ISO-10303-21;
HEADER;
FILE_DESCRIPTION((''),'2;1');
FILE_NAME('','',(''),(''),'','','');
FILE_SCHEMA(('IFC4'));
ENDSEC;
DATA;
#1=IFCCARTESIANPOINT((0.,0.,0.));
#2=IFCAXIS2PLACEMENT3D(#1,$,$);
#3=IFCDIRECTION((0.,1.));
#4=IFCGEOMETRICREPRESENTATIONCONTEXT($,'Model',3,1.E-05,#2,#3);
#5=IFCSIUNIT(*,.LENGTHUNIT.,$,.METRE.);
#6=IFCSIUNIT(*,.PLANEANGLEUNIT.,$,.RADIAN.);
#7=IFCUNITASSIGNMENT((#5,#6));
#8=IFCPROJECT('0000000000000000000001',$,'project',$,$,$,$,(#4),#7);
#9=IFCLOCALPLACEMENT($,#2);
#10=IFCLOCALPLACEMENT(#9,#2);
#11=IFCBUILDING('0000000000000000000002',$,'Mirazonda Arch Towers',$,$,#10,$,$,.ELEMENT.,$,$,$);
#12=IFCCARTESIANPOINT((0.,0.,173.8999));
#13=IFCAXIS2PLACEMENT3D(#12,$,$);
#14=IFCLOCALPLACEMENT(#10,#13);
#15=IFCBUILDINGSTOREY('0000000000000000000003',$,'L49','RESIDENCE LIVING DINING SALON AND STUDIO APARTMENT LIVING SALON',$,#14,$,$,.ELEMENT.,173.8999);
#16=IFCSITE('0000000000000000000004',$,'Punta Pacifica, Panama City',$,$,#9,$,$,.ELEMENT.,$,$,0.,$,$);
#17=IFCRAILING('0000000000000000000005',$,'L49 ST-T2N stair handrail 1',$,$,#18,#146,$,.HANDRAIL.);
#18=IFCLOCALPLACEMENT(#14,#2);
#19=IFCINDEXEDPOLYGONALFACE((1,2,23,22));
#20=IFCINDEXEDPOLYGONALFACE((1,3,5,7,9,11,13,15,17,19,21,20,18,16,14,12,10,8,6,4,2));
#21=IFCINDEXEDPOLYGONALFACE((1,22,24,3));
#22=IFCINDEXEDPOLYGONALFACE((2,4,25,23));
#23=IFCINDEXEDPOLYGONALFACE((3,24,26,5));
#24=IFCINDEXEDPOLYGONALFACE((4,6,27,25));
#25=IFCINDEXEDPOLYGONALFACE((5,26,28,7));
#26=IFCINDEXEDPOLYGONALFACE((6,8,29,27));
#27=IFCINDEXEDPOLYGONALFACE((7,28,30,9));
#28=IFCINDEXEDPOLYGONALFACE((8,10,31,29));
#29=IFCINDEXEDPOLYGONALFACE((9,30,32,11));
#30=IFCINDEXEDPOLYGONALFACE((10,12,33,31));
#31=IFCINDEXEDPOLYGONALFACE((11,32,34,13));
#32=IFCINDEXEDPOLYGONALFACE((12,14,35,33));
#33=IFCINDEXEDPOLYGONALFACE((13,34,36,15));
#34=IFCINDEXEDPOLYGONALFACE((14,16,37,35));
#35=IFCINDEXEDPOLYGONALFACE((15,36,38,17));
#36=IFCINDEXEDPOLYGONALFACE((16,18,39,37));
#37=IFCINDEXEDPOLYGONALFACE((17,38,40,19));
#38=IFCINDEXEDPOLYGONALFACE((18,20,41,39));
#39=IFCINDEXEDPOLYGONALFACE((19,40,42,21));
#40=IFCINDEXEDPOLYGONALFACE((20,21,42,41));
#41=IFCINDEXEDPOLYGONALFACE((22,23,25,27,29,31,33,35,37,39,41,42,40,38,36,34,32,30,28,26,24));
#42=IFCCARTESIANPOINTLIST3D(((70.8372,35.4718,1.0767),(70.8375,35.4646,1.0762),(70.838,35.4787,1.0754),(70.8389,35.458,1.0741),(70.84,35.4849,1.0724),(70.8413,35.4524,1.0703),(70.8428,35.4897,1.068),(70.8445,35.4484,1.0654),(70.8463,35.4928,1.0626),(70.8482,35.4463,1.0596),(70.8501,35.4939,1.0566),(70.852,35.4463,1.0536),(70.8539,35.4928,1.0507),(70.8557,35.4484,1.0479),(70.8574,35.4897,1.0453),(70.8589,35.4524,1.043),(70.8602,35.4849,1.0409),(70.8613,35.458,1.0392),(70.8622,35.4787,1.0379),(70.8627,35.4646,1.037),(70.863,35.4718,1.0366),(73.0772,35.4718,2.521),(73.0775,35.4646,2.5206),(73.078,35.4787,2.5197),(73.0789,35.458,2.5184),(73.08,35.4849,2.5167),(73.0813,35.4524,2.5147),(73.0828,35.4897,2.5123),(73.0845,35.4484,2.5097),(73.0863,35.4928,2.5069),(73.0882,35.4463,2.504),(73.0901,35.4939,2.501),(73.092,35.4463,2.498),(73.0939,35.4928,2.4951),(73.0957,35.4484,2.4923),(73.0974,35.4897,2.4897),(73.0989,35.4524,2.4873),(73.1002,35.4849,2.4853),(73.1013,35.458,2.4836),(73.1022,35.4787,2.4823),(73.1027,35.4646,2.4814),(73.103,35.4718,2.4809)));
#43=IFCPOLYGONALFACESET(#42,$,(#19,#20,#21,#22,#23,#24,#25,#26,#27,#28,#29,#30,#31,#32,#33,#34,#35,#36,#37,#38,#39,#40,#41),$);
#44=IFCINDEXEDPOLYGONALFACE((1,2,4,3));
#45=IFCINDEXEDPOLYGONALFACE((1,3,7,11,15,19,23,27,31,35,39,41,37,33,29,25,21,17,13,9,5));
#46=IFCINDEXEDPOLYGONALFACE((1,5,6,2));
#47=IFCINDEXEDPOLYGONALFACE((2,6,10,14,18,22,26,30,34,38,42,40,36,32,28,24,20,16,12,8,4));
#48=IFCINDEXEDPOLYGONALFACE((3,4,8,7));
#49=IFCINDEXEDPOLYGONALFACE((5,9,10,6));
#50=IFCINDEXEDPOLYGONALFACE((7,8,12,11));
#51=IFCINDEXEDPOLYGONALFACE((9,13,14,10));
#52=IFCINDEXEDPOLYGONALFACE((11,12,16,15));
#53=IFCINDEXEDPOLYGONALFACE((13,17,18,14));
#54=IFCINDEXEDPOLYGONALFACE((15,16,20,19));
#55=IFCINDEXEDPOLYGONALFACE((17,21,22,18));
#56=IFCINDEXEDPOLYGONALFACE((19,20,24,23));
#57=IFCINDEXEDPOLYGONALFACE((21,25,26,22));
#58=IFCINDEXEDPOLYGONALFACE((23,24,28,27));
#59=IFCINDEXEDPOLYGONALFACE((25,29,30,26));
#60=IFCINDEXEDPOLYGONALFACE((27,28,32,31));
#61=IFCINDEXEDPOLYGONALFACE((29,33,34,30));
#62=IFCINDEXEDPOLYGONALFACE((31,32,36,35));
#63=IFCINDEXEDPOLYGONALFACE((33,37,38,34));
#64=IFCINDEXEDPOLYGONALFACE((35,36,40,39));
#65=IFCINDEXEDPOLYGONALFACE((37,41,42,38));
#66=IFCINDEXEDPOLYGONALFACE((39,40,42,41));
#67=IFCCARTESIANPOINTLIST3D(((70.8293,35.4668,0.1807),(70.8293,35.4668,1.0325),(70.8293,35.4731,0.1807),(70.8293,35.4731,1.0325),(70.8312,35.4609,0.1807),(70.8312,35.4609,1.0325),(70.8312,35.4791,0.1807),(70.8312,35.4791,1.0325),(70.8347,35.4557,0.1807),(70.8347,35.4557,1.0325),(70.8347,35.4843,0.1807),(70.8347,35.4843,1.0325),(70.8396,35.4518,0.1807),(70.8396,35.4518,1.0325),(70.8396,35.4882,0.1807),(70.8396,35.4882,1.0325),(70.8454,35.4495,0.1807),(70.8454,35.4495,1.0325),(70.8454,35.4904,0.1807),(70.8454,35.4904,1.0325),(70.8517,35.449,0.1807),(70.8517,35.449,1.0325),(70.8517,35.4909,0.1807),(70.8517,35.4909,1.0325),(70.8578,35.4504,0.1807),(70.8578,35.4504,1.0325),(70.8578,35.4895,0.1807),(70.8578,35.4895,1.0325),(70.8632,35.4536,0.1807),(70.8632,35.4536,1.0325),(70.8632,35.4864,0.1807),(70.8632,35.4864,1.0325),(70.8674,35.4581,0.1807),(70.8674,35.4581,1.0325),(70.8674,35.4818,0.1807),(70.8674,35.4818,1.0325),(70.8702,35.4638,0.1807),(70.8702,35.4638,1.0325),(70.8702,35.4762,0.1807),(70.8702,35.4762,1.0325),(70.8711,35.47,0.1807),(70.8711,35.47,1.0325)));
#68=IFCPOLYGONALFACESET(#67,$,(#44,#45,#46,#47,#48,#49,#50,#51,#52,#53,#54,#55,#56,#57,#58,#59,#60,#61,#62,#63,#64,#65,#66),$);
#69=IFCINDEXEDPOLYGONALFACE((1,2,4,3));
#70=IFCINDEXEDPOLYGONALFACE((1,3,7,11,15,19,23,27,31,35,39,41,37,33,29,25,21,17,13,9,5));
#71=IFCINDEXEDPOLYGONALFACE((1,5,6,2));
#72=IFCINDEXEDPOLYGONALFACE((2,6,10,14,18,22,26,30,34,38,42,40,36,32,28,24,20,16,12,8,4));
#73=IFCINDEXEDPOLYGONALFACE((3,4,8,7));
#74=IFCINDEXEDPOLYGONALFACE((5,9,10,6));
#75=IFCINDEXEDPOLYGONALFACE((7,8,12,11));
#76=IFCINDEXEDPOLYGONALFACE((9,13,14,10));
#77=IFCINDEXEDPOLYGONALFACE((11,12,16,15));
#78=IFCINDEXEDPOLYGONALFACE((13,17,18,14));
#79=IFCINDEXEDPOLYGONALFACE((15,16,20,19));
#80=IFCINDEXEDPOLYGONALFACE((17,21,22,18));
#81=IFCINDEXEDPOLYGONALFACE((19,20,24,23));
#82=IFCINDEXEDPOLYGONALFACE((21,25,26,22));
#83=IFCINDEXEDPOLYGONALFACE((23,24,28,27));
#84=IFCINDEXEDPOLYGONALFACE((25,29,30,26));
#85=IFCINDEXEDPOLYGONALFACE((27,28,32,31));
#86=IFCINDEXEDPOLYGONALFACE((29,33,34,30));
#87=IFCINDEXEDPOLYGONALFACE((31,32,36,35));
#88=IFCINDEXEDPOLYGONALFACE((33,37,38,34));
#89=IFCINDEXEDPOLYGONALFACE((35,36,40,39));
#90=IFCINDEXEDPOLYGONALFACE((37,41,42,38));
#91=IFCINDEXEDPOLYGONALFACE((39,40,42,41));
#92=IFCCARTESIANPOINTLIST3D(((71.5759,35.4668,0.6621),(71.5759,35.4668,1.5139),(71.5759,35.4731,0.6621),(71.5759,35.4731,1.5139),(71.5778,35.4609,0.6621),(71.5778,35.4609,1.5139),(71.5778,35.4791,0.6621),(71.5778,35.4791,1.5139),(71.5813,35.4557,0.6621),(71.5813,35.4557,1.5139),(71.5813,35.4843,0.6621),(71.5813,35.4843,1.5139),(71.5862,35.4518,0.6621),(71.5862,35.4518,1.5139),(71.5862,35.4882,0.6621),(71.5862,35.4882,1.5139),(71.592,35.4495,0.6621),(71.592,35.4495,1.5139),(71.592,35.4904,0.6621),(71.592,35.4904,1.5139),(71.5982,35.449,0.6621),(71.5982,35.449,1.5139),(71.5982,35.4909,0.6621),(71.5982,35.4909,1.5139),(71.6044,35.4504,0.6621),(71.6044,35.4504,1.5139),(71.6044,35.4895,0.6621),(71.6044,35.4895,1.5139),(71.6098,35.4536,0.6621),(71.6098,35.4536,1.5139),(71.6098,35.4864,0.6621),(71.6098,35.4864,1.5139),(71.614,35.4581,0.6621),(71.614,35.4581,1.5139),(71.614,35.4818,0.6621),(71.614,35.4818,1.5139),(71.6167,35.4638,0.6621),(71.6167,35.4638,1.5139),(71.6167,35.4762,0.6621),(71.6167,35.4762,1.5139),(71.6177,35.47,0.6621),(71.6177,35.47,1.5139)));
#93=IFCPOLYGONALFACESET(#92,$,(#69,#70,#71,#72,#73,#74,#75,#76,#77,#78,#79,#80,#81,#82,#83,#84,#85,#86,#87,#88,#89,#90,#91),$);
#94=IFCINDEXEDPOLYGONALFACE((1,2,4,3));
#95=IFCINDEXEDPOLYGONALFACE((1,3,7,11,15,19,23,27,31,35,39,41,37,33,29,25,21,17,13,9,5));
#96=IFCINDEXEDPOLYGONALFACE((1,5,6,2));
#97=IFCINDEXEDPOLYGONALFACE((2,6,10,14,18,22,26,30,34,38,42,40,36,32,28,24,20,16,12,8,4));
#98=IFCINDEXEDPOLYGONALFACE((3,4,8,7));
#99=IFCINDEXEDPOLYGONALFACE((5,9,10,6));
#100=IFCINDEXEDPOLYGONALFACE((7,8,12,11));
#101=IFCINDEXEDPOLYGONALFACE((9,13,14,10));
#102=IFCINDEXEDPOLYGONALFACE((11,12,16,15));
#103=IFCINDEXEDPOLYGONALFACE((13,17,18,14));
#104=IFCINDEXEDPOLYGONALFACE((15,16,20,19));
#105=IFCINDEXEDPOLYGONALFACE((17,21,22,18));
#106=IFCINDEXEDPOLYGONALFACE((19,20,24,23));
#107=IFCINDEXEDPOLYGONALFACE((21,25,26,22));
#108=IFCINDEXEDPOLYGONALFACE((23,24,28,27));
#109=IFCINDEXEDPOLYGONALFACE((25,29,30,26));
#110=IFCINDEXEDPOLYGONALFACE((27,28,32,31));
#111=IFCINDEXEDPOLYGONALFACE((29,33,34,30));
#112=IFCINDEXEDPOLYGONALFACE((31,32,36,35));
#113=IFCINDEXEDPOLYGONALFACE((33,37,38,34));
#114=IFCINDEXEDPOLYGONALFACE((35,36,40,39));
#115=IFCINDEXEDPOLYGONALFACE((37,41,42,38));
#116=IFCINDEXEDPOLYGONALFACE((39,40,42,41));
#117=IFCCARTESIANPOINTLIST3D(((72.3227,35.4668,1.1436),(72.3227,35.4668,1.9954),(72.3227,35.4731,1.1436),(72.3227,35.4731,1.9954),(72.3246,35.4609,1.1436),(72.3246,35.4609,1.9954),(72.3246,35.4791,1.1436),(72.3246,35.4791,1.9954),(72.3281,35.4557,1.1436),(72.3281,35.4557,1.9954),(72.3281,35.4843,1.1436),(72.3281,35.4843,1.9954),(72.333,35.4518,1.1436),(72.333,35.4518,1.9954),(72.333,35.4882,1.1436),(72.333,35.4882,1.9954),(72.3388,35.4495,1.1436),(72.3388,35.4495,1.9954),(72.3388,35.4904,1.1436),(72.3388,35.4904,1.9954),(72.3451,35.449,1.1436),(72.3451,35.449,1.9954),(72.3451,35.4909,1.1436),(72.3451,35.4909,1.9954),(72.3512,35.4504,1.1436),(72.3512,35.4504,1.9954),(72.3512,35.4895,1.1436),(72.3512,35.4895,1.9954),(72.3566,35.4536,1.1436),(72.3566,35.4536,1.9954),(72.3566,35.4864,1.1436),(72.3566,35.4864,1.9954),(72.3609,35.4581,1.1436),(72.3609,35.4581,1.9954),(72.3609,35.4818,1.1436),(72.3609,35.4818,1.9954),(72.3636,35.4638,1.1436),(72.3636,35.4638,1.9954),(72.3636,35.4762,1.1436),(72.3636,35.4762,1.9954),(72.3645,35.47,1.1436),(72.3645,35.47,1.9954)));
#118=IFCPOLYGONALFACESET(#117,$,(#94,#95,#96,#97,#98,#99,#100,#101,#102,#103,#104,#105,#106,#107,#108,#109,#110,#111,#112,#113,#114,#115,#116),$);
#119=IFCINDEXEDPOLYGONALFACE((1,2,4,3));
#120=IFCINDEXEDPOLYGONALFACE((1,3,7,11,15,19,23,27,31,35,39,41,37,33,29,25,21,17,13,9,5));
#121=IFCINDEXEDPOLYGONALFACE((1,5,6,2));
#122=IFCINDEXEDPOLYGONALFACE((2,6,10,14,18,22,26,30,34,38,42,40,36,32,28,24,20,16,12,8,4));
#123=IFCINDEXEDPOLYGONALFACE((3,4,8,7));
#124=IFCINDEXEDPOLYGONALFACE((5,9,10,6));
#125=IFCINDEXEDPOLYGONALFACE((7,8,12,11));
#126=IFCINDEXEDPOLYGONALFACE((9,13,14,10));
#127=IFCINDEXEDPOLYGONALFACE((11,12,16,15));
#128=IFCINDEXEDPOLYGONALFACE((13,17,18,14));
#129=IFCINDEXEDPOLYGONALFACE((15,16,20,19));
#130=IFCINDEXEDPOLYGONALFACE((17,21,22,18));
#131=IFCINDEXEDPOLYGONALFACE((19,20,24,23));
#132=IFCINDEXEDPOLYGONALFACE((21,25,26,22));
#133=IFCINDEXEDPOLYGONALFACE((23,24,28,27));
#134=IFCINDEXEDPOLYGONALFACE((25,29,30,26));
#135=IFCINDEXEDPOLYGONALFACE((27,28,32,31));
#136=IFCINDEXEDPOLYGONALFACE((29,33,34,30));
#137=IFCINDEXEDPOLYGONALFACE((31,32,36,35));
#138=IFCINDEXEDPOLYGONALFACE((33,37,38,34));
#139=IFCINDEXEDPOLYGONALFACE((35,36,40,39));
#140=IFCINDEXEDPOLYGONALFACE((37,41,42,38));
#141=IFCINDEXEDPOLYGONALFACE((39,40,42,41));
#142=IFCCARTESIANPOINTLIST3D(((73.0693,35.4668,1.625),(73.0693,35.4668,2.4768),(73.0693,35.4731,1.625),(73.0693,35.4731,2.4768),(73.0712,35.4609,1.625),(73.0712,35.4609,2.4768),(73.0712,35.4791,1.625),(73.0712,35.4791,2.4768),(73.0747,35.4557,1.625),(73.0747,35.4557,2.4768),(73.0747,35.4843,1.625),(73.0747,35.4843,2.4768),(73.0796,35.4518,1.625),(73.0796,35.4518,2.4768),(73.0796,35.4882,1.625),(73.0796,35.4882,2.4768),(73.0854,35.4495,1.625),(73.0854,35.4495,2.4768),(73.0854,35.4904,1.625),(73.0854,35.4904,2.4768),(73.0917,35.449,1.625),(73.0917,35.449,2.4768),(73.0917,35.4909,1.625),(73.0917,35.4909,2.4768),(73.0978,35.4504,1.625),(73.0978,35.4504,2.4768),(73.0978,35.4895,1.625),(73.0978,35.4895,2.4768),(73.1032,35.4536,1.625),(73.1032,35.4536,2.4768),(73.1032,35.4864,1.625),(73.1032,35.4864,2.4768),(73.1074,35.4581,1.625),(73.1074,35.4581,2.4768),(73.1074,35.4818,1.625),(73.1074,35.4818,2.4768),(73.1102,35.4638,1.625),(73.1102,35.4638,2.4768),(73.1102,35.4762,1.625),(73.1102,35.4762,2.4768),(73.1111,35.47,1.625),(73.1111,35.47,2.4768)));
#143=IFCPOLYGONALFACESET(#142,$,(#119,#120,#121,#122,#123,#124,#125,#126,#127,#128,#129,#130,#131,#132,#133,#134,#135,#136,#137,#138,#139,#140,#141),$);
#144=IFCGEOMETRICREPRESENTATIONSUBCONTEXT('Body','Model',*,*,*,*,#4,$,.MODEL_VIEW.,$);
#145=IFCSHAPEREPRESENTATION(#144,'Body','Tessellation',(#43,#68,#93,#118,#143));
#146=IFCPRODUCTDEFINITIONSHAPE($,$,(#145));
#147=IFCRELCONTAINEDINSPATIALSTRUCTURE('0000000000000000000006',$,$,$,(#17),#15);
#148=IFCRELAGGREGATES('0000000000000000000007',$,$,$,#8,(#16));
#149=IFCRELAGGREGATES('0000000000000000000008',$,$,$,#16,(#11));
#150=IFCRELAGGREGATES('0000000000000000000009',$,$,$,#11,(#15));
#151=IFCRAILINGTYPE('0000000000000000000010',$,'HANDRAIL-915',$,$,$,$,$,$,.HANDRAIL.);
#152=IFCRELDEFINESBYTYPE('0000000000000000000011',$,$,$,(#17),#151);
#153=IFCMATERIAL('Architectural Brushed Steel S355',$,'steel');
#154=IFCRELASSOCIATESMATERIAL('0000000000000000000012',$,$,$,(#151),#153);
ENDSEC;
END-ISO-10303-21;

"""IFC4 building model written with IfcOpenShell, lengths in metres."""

from ifc_helpers import new_model, si_unit, direction, frame, origin, origin_2d, place, context, subcontext, project, spatial, circle, extrude, material, type_object, element, save


model = new_model("IFC4")

# Units and contexts
model_context = context("Model", 3, precision=1e-05, world=origin(), true_north=direction((0.0, 1.0)))
body_context = subcontext(model_context, "Body", "Model", "MODEL_VIEW")
ifc_project = project(units=[si_unit("LENGTHUNIT", "METRE"), si_unit("PLANEANGLEUNIT", "RADIAN")], contexts=[model_context])

# Site, building, storey
site_placement = place(None, origin())
site = spatial("IfcSite", under=ifc_project, at=site_placement, Name="Punta Pacifica, Panama City", CompositionType="ELEMENT", RefElevation=0.0)
building_placement = place(site_placement, origin())
building = spatial("IfcBuilding", under=site, at=building_placement, Name="Mirazonda Arch Towers", CompositionType="ELEMENT")
storey_placement = place(building_placement, frame((0.0, 0.0, 173.8999)))
storey = spatial("IfcBuildingStorey", under=building, at=storey_placement, Name="L49", Description="RESIDENCE LIVING DINING SALON AND STUDIO APARTMENT LIVING SALON", CompositionType="ELEMENT", Elevation=173.8999)

# Shared definitions
ifc_material_1 = material(Name="Architectural Brushed Steel S355", Category="steel")

# Railing
railing_type = type_object("IfcRailingType", Name="HANDRAIL-915", PredefinedType="HANDRAIL", material=ifc_material_1)
railing_placement = place(storey_placement, frame((70.8501, 35.47, 0.1807)))
element("IfcRailing", 1, at=railing_placement, inside=storey, type_object=railing_type, Name="L49 ST-T2N stair handrail 1", PredefinedType="HANDRAIL", context=body_context, shape_type="SweptSolid", body=[
    extrude(circle(Radius=0.0239, at=origin_2d()), frame((0.0, 0.0, 0.876), z_axis=(0.840437, 0.0, 0.54191), x_axis=(0.0, 1.0, 0.0)), (0.0, 0.0, 1.0), 2.6653),
    extrude(circle(Radius=0.021, at=origin_2d()), origin(), (0.0, 0.0, 1.0), 0.8518),
    extrude(circle(Radius=0.021, at=origin_2d()), frame((0.7466, 0.0, 0.4814)), (0.0, 0.0, 1.0), 0.8518),
    extrude(circle(Radius=0.021, at=origin_2d()), frame((1.4934, 0.0, 0.9629)), (0.0, 0.0, 1.0), 0.8518),
    extrude(circle(Radius=0.021, at=origin_2d()), frame((2.24, 0.0, 1.4443)), (0.0, 0.0, 1.0), 0.8518),
])

save(model, "model.ifc")
